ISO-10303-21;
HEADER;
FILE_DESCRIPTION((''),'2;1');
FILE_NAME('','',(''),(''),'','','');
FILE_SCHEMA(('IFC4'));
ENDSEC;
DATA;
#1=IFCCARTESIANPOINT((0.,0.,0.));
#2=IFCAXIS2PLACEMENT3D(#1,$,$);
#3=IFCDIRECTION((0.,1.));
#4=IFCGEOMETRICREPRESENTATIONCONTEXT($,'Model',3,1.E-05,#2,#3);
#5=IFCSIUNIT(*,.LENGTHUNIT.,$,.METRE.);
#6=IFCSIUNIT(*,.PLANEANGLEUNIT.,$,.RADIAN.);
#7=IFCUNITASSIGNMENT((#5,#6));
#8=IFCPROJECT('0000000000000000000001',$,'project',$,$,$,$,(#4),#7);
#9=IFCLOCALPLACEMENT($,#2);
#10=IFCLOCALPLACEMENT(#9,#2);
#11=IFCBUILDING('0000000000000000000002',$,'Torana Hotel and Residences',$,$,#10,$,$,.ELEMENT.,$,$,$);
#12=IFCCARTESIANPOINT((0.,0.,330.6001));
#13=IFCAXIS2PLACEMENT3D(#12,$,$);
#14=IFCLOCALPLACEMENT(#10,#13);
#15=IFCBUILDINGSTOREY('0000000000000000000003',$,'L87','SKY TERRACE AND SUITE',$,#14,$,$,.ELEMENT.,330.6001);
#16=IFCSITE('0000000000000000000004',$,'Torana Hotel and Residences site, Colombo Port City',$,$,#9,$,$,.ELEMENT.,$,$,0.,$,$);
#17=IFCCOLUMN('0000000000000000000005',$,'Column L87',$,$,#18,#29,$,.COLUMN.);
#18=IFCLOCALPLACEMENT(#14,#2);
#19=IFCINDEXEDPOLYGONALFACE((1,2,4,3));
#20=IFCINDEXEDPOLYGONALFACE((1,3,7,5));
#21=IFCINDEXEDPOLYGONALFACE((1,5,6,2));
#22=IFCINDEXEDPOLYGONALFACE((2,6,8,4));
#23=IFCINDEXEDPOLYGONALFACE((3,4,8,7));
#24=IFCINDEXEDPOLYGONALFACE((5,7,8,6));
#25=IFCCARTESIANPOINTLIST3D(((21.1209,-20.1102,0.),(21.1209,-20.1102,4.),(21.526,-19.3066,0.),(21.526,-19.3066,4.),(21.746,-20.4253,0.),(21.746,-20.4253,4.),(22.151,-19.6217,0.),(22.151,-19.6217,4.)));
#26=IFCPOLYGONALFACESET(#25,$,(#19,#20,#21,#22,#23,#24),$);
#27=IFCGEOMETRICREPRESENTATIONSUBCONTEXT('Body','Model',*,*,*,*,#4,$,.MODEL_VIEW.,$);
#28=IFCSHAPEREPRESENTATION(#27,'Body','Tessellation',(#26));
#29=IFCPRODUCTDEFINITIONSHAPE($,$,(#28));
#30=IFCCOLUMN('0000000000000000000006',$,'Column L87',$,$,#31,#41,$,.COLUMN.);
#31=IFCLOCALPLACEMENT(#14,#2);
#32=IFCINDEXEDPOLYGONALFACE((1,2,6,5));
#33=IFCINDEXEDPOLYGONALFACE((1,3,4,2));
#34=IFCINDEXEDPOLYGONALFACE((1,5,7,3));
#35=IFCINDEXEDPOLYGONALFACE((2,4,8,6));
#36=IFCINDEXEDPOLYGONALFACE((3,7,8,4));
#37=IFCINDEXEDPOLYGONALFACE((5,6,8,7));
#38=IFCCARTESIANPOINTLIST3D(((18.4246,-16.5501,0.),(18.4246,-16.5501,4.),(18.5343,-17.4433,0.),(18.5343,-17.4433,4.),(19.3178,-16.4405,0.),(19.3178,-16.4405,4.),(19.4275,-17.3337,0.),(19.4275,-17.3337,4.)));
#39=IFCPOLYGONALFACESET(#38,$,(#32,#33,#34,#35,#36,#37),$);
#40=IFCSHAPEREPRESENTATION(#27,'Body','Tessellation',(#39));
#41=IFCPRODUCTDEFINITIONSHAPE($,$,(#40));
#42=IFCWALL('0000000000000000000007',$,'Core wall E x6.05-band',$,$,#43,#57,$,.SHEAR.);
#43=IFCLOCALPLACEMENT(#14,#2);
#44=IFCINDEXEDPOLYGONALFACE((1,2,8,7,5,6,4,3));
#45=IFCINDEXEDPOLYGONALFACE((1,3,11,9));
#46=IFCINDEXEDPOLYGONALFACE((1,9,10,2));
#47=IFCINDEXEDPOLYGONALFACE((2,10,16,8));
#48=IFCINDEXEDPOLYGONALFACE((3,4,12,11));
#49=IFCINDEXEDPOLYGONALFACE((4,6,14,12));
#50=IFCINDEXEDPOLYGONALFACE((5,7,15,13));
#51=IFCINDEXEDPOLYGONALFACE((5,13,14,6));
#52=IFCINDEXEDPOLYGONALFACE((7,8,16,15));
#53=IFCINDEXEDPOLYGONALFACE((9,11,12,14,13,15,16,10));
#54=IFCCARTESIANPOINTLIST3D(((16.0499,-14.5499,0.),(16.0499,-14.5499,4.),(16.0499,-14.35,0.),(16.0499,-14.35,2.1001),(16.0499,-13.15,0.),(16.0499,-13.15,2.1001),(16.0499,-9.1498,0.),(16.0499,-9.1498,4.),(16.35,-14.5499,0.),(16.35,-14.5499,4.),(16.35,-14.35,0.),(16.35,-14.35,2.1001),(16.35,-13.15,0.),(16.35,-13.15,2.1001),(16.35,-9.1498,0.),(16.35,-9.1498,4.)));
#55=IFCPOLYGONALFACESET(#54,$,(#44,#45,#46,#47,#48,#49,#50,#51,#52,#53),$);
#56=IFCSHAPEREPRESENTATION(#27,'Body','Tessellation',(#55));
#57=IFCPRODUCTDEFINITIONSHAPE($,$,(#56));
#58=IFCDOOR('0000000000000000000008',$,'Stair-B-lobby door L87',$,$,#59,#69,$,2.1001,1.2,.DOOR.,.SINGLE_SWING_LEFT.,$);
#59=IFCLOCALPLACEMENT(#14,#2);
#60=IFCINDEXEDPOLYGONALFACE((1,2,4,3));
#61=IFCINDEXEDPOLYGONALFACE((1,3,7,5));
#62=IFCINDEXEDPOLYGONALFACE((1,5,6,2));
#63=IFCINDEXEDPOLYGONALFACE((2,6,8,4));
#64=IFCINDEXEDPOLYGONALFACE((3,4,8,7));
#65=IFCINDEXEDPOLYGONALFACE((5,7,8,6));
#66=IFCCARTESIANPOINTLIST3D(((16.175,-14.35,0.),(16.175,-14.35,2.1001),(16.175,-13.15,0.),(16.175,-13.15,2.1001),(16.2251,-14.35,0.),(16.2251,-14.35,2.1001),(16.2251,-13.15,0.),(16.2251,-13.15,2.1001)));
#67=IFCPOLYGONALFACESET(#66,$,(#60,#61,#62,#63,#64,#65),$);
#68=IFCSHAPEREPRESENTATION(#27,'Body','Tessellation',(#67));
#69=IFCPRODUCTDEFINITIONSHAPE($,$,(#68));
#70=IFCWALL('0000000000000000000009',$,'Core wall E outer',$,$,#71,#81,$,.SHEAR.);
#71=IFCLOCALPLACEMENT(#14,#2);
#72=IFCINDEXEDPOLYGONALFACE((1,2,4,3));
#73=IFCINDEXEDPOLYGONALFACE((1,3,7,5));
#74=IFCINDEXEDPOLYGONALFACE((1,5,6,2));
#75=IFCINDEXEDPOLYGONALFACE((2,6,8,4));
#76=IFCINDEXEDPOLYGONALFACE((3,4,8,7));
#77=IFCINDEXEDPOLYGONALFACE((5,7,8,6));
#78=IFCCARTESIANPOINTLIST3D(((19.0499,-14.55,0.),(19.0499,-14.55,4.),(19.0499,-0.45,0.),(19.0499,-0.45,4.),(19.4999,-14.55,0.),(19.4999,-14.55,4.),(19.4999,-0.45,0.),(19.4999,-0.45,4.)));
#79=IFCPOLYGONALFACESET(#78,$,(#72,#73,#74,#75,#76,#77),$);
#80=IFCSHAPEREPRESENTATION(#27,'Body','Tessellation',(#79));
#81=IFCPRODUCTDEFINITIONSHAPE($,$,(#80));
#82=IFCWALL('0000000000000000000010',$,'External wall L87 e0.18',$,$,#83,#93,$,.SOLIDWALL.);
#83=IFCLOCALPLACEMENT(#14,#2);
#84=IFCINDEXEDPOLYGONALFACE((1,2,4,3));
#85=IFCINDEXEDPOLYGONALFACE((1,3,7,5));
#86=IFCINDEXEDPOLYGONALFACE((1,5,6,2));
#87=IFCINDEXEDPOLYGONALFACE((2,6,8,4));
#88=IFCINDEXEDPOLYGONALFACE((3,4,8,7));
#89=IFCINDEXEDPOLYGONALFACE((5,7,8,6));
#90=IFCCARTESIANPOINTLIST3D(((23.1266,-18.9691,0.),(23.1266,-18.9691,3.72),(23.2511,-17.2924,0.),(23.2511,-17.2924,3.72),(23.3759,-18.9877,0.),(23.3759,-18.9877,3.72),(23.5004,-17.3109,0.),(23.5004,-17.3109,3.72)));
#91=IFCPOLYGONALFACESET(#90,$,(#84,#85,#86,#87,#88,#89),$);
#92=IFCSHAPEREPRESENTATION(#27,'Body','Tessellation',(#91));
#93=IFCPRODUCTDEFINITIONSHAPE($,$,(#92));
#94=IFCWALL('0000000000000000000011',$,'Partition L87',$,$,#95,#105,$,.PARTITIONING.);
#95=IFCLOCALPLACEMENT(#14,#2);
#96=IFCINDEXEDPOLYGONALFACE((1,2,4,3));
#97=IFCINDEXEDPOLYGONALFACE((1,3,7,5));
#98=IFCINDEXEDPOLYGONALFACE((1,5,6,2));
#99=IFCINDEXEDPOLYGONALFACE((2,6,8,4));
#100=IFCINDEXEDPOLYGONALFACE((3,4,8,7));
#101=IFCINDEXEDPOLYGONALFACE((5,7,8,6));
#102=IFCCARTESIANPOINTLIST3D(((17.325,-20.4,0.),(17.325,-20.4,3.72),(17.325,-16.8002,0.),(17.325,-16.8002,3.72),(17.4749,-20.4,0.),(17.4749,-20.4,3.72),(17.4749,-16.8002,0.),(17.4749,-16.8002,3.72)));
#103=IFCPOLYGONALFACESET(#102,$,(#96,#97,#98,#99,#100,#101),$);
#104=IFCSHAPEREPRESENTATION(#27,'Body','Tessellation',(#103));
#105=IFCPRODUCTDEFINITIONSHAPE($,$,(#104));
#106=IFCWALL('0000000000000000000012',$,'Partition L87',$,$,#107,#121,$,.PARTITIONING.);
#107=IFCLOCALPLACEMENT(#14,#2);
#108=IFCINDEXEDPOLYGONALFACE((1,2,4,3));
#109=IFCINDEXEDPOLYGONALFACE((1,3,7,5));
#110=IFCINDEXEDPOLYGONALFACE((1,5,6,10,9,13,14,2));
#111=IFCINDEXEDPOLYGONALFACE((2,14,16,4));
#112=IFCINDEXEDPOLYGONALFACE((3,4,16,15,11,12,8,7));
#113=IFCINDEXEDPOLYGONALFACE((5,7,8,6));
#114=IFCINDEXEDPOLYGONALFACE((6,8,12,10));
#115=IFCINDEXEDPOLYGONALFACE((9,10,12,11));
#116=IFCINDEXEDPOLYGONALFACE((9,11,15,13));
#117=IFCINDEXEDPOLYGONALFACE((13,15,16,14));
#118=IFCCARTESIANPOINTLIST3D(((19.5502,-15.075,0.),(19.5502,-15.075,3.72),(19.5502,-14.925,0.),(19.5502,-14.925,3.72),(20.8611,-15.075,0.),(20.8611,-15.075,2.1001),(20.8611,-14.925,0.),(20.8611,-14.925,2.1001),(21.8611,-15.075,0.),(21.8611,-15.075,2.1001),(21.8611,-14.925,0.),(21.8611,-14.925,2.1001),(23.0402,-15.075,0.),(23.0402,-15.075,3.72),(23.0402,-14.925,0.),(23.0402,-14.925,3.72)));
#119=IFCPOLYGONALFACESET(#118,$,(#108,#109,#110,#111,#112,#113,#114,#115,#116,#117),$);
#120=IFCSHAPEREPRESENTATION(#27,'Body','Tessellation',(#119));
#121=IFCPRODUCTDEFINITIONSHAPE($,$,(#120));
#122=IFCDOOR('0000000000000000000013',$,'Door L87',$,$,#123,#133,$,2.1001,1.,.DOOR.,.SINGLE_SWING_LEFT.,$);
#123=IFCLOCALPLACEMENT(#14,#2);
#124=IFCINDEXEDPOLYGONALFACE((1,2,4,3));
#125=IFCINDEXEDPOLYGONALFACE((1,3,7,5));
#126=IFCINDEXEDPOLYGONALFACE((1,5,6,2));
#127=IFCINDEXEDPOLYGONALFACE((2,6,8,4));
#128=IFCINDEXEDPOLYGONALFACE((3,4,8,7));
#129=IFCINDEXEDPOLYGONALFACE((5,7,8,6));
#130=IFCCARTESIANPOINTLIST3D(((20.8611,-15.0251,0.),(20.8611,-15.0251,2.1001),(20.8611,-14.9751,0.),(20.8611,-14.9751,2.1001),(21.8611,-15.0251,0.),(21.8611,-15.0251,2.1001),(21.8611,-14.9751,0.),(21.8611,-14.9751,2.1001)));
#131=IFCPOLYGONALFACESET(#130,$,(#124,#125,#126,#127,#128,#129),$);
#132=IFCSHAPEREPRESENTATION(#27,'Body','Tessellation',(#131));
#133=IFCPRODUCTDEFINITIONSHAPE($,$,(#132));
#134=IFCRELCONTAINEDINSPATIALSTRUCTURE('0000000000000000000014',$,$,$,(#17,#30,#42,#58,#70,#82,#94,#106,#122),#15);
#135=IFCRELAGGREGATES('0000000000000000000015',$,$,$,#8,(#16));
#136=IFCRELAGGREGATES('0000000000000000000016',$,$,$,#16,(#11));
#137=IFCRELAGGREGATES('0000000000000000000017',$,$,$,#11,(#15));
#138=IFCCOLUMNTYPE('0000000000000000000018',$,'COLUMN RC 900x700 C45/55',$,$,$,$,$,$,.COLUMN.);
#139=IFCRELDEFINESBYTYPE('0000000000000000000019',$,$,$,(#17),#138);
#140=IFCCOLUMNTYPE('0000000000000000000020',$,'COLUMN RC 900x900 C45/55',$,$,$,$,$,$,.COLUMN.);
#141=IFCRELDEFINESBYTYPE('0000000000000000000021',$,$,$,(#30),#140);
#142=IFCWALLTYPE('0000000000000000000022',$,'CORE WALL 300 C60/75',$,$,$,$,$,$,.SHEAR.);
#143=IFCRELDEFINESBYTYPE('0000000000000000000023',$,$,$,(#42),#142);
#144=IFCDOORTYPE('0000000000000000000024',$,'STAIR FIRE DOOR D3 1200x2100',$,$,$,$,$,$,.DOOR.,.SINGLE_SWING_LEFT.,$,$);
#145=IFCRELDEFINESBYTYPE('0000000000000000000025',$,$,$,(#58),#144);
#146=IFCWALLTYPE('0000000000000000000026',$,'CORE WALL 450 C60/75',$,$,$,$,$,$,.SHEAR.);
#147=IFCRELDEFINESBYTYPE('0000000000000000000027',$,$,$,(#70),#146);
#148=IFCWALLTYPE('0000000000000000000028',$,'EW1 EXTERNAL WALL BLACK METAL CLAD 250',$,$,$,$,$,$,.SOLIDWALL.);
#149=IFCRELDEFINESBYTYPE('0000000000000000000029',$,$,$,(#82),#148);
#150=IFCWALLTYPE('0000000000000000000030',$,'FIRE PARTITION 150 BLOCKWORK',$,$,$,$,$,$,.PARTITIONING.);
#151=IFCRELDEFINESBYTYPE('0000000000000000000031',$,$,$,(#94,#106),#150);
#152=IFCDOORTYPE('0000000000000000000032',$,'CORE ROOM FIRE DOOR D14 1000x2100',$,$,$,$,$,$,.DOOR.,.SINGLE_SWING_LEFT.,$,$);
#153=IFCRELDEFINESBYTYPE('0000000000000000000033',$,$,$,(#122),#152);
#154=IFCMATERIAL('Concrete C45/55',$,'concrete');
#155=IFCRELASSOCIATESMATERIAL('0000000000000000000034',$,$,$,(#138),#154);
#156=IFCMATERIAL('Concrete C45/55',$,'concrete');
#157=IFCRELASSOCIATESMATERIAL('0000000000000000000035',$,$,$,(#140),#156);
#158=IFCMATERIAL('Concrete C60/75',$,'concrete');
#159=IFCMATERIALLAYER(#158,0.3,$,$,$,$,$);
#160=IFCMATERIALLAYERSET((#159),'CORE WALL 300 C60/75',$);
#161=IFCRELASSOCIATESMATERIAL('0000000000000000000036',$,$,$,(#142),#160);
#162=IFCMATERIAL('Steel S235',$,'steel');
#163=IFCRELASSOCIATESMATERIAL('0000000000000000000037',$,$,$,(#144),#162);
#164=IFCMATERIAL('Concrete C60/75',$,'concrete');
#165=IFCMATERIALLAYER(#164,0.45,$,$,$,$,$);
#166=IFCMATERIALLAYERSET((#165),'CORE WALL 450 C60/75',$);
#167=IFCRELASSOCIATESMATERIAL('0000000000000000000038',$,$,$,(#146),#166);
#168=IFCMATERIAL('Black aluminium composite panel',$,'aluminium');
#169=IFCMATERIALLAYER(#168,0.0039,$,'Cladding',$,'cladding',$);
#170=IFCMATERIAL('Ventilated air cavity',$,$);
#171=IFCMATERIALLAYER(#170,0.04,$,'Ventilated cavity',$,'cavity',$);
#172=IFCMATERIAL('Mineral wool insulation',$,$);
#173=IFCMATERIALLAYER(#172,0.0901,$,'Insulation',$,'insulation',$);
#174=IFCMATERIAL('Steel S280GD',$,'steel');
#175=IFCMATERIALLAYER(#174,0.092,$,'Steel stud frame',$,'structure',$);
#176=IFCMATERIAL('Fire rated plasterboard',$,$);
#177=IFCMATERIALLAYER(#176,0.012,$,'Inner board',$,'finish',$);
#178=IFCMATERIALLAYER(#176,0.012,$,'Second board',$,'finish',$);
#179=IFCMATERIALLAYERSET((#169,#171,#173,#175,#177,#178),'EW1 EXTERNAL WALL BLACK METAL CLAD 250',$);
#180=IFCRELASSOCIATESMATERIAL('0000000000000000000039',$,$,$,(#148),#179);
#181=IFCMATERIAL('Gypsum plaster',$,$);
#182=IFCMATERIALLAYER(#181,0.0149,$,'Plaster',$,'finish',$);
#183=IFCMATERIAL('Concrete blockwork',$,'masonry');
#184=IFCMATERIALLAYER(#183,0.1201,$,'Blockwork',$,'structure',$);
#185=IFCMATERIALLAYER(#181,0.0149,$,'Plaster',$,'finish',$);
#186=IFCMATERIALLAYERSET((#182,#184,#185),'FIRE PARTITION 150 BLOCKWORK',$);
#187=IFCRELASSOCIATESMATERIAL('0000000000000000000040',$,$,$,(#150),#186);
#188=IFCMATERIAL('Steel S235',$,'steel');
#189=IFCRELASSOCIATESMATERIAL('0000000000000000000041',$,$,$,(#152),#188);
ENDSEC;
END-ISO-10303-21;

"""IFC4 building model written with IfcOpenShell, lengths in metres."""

from ifc_helpers import new_model, si_unit, direction, frame, frame_2d, origin, origin_2d, place, context, subcontext, project, spatial, rectangle, extrude, material, layer, layer_set, material_profile, profile_set, type_object, element, fill, save


model = new_model("IFC4")

# Units and contexts
model_context = context("Model", 3, precision=1e-05, world=origin(), true_north=direction((0.0, 1.0)))
body_context = subcontext(model_context, "Body", "Model", "MODEL_VIEW")
ifc_project = project(units=[si_unit("LENGTHUNIT", "METRE"), si_unit("PLANEANGLEUNIT", "RADIAN")], contexts=[model_context])

# Site, building, storey
site_placement = place(None, origin())
site = spatial("IfcSite", under=ifc_project, at=site_placement, Name="Torana Hotel and Residences site, Colombo Port City", CompositionType="ELEMENT", RefElevation=0.0)
building_placement = place(site_placement, origin())
building = spatial("IfcBuilding", under=site, at=building_placement, Name="Torana Hotel and Residences", CompositionType="ELEMENT")
storey_placement = place(building_placement, frame((0.0, 0.0, 330.6001)))
storey = spatial("IfcBuildingStorey", under=building, at=storey_placement, Name="L87", Description="SKY TERRACE AND SUITE", CompositionType="ELEMENT", Elevation=330.6001)

# Columns
ifc_material_1 = material(Name="Concrete C45/55", Category="concrete")
ifc_material_profile_1 = material_profile(ifc_material_1, rectangle(XDim=0.8999, YDim=0.7, at=origin_2d()), Name="RC 900x700")
ifc_profile_set_1 = profile_set([ifc_material_profile_1], Name="Concrete C45/55")
column_type_1 = type_object("IfcColumnType", Name="COLUMN RC 900x700 C45/55", PredefinedType="COLUMN", material=ifc_profile_set_1)
column_1_placement = place(storey_placement, frame((21.636, -19.866, 0.0), z_axis=(0.0, 0.0, 1.0), x_axis=(0.450098, 0.892979, 0.0)))
element("IfcColumn", 1, at=column_1_placement, inside=storey, type_object=column_type_1, Name="Column L87", PredefinedType="COLUMN", context=body_context, shape_type="SweptSolid", body=[
    extrude(rectangle(XDim=0.8999, YDim=0.7, at=origin_2d()), origin(), (0.0, 0.0, 1.0), 4.0),
])
ifc_material_2 = material(Name="Concrete C45/55", Category="concrete")
ifc_material_profile_2 = material_profile(ifc_material_2, rectangle(XDim=0.8999, YDim=0.8999, at=origin_2d()), Name="RC 900x900")
ifc_profile_set_2 = profile_set([ifc_material_profile_2], Name="Concrete C45/55")
column_type_2 = type_object("IfcColumnType", Name="COLUMN RC 900x900 C45/55", PredefinedType="COLUMN", material=ifc_profile_set_2)
column_2_placement = place(storey_placement, frame((18.926, -16.9419, 0.0), z_axis=(0.0, 0.0, 1.0), x_axis=(0.992546, 0.121869, 0.0)))
element("IfcColumn", 2, at=column_2_placement, inside=storey, type_object=column_type_2, Name="Column L87", PredefinedType="COLUMN", context=body_context, shape_type="SweptSolid", body=[
    extrude(rectangle(XDim=0.8999, YDim=0.8999, at=origin_2d()), origin(), (0.0, 0.0, 1.0), 4.0),
])

# Wall, opening, door
ifc_material_3 = material(Name="Concrete C60/75", Category="concrete")
ifc_layer_1 = layer(ifc_material_3, 0.3)
ifc_layer_set_1 = layer_set([ifc_layer_1], Name="CORE WALL 300 C60/75")
wall_type_1 = type_object("IfcWallType", Name="CORE WALL 300 C60/75", PredefinedType="SHEAR", material=ifc_layer_set_1)
wall_1_placement = place(storey_placement, frame((16.2, -14.55, 0.0), z_axis=(0.0, 0.0, 1.0), x_axis=(0.0, 1.0, 0.0)))
wall_1 = element("IfcWall", 3, at=wall_1_placement, inside=storey, type_object=wall_type_1, Name="Core wall E x6.05-band", PredefinedType="SHEAR", context=body_context, shape_type="SweptSolid", body=[
    extrude(rectangle(XDim=5.4001, YDim=0.3, at=frame_2d((2.7002, 0.0))), origin(), (0.0, 0.0, 1.0), 4.0),
])
opening_1_placement = place(wall_1_placement, frame((0.2, 0.0, 0.0)))
opening_1 = element("IfcOpeningElement", 4, at=opening_1_placement, cuts=wall_1, PredefinedType="OPENING", context=body_context, shape_type="SweptSolid", body=[
    extrude(rectangle(XDim=1.2, YDim=2.1001, at=frame_2d((0.6001, 1.05))), frame((0.0, 0.1599, 0.0), z_axis=(0.0, -1.0, 0.0), x_axis=(1.0, 0.0, 0.0)), (0.0, 0.0, 1.0), 0.3201),
])
ifc_material_4 = material(Name="Steel S235", Category="steel")
door_type_1 = type_object("IfcDoorType", Name="STAIR FIRE DOOR D3 1200x2100", OperationType="SINGLE_SWING_LEFT", PredefinedType="DOOR", material=ifc_material_4)
door_1_placement = place(opening_1_placement, frame((0.6001, 0.0, 0.0), z_axis=(0.0, 0.0, 1.0), x_axis=(-1.0, 0.0, 0.0)))
door_1 = element("IfcDoor", 5, at=door_1_placement, inside=storey, type_object=door_type_1, Name="Stair-B-lobby door L87", OperationType="SINGLE_SWING_LEFT", OverallHeight=2.1001, OverallWidth=1.2, PredefinedType="DOOR", context=body_context, shape_type="SweptSolid", body=[
    extrude(rectangle(XDim=1.2, YDim=2.1001, at=frame_2d((0.0, 1.05))), frame((0.0, -0.0249, 0.0), z_axis=(0.0, 1.0, 0.0), x_axis=(-1.0, 0.0, 0.0)), (0.0, 0.0, 1.0), 0.05),
])
fill(opening_1, door_1)

# Walls
ifc_material_5 = material(Name="Concrete C60/75", Category="concrete")
ifc_layer_2 = layer(ifc_material_5, 0.45)
ifc_layer_set_2 = layer_set([ifc_layer_2], Name="CORE WALL 450 C60/75")
wall_type_2 = type_object("IfcWallType", Name="CORE WALL 450 C60/75", PredefinedType="SHEAR", material=ifc_layer_set_2)
wall_2_placement = place(storey_placement, frame((19.2749, -14.55, 0.0), z_axis=(0.0, 0.0, 1.0), x_axis=(0.0, 1.0, 0.0)))
element("IfcWall", 6, at=wall_2_placement, inside=storey, type_object=wall_type_2, Name="Core wall E outer", PredefinedType="SHEAR", context=body_context, shape_type="SweptSolid", body=[
    extrude(rectangle(XDim=14.1001, YDim=0.45, at=frame_2d((7.05, 0.0))), origin(), (0.0, 0.0, 1.0), 4.0),
])
ifc_material_6 = material(Name="Black aluminium composite panel", Category="aluminium")
ifc_layer_3 = layer(ifc_material_6, 0.0039, Name="Cladding", Category="cladding")
ifc_material_7 = material(Name="Ventilated air cavity")
ifc_layer_4 = layer(ifc_material_7, 0.04, Name="Ventilated cavity", Category="cavity")
ifc_material_8 = material(Name="Mineral wool insulation")
ifc_layer_5 = layer(ifc_material_8, 0.0901, Name="Insulation", Category="insulation")
ifc_material_9 = material(Name="Steel S280GD", Category="steel")
ifc_layer_6 = layer(ifc_material_9, 0.092, Name="Steel stud frame", Category="structure")
ifc_material_10 = material(Name="Fire rated plasterboard")
ifc_layer_7 = layer(ifc_material_10, 0.012, Name="Inner board", Category="finish")
ifc_layer_8 = layer(ifc_material_10, 0.012, Name="Second board", Category="finish")
ifc_layer_set_3 = layer_set([ifc_layer_3, ifc_layer_4, ifc_layer_5, ifc_layer_6, ifc_layer_7, ifc_layer_8], Name="EW1 EXTERNAL WALL BLACK METAL CLAD 250")
wall_type_3 = type_object("IfcWallType", Name="EW1 EXTERNAL WALL BLACK METAL CLAD 250", PredefinedType="SOLIDWALL", material=ifc_layer_set_3)
wall_3_placement = place(storey_placement, frame((23.2512, -18.9785, 0.0), z_axis=(0.0, 0.0, 1.0), x_axis=(0.074054, 0.997254, 0.0)))
element("IfcWall", 7, at=wall_3_placement, inside=storey, type_object=wall_type_3, Name="External wall L87 e0.18", PredefinedType="SOLIDWALL", context=body_context, shape_type="SweptSolid", body=[
    extrude(rectangle(XDim=1.6814, YDim=0.25, at=frame_2d((0.8408, 0.0))), origin(), (0.0, 0.0, 1.0), 3.72),
])

# Wall
ifc_material_11 = material(Name="Gypsum plaster")
ifc_layer_9 = layer(ifc_material_11, 0.0149, Name="Plaster", Category="finish")
ifc_material_12 = material(Name="Concrete blockwork", Category="masonry")
ifc_layer_10 = layer(ifc_material_12, 0.1201, Name="Blockwork", Category="structure")
ifc_layer_11 = layer(ifc_material_11, 0.0149, Name="Plaster", Category="finish")
ifc_layer_set_4 = layer_set([ifc_layer_9, ifc_layer_10, ifc_layer_11], Name="FIRE PARTITION 150 BLOCKWORK")
wall_type_4 = type_object("IfcWallType", Name="FIRE PARTITION 150 BLOCKWORK", PredefinedType="PARTITIONING", material=ifc_layer_set_4)
wall_4_placement = place(storey_placement, frame((17.3999, -20.3999, 0.0), z_axis=(0.0, 0.0, 1.0), x_axis=(0.0, 1.0, 0.0)))
element("IfcWall", 8, at=wall_4_placement, inside=storey, type_object=wall_type_4, Name="Partition L87", PredefinedType="PARTITIONING", context=body_context, shape_type="SweptSolid", body=[
    extrude(rectangle(XDim=3.5999, YDim=0.1499, at=frame_2d((1.7998, 0.0))), origin(), (0.0, 0.0, 1.0), 3.72),
])

# Wall, opening, door
wall_5_placement = place(storey_placement, frame((19.55, -15.0, 0.0), z_axis=(0.0, 0.0, 1.0), x_axis=(1.0, 0.0, 0.0)))
wall_5 = element("IfcWall", 9, at=wall_5_placement, inside=storey, type_object=wall_type_4, Name="Partition L87", PredefinedType="PARTITIONING", context=body_context, shape_type="SweptSolid", body=[
    extrude(rectangle(XDim=3.49, YDim=0.1499, at=frame_2d((1.7451, 0.0))), origin(), (0.0, 0.0, 1.0), 3.72),
])
opening_2_placement = place(wall_5_placement, frame((1.311, 0.0, 0.0)))
opening_2 = element("IfcOpeningElement", 10, at=opening_2_placement, cuts=wall_5, PredefinedType="OPENING", context=body_context, shape_type="SweptSolid", body=[
    extrude(rectangle(XDim=1.0, YDim=2.1001, at=frame_2d((0.5, 1.05))), frame((0.0, 0.085, 0.0), z_axis=(0.0, -1.0, 0.0), x_axis=(1.0, 0.0, 0.0)), (0.0, 0.0, 1.0), 0.1699),
])
ifc_material_13 = material(Name="Steel S235", Category="steel")
door_type_2 = type_object("IfcDoorType", Name="CORE ROOM FIRE DOOR D14 1000x2100", OperationType="SINGLE_SWING_LEFT", PredefinedType="DOOR", material=ifc_material_13)
door_2_placement = place(opening_2_placement, origin())
door_2 = element("IfcDoor", 11, at=door_2_placement, inside=storey, type_object=door_type_2, Name="Door L87", OperationType="SINGLE_SWING_LEFT", OverallHeight=2.1001, OverallWidth=1.0, PredefinedType="DOOR", context=body_context, shape_type="SweptSolid", body=[
    extrude(rectangle(XDim=1.0, YDim=2.1001, at=frame_2d((0.5, 1.05))), frame((0.0, 0.0249, 0.0), z_axis=(0.0, -1.0, 0.0), x_axis=(1.0, 0.0, 0.0)), (0.0, 0.0, 1.0), 0.05),
])
fill(opening_2, door_2)

save(model, "model.ifc")
